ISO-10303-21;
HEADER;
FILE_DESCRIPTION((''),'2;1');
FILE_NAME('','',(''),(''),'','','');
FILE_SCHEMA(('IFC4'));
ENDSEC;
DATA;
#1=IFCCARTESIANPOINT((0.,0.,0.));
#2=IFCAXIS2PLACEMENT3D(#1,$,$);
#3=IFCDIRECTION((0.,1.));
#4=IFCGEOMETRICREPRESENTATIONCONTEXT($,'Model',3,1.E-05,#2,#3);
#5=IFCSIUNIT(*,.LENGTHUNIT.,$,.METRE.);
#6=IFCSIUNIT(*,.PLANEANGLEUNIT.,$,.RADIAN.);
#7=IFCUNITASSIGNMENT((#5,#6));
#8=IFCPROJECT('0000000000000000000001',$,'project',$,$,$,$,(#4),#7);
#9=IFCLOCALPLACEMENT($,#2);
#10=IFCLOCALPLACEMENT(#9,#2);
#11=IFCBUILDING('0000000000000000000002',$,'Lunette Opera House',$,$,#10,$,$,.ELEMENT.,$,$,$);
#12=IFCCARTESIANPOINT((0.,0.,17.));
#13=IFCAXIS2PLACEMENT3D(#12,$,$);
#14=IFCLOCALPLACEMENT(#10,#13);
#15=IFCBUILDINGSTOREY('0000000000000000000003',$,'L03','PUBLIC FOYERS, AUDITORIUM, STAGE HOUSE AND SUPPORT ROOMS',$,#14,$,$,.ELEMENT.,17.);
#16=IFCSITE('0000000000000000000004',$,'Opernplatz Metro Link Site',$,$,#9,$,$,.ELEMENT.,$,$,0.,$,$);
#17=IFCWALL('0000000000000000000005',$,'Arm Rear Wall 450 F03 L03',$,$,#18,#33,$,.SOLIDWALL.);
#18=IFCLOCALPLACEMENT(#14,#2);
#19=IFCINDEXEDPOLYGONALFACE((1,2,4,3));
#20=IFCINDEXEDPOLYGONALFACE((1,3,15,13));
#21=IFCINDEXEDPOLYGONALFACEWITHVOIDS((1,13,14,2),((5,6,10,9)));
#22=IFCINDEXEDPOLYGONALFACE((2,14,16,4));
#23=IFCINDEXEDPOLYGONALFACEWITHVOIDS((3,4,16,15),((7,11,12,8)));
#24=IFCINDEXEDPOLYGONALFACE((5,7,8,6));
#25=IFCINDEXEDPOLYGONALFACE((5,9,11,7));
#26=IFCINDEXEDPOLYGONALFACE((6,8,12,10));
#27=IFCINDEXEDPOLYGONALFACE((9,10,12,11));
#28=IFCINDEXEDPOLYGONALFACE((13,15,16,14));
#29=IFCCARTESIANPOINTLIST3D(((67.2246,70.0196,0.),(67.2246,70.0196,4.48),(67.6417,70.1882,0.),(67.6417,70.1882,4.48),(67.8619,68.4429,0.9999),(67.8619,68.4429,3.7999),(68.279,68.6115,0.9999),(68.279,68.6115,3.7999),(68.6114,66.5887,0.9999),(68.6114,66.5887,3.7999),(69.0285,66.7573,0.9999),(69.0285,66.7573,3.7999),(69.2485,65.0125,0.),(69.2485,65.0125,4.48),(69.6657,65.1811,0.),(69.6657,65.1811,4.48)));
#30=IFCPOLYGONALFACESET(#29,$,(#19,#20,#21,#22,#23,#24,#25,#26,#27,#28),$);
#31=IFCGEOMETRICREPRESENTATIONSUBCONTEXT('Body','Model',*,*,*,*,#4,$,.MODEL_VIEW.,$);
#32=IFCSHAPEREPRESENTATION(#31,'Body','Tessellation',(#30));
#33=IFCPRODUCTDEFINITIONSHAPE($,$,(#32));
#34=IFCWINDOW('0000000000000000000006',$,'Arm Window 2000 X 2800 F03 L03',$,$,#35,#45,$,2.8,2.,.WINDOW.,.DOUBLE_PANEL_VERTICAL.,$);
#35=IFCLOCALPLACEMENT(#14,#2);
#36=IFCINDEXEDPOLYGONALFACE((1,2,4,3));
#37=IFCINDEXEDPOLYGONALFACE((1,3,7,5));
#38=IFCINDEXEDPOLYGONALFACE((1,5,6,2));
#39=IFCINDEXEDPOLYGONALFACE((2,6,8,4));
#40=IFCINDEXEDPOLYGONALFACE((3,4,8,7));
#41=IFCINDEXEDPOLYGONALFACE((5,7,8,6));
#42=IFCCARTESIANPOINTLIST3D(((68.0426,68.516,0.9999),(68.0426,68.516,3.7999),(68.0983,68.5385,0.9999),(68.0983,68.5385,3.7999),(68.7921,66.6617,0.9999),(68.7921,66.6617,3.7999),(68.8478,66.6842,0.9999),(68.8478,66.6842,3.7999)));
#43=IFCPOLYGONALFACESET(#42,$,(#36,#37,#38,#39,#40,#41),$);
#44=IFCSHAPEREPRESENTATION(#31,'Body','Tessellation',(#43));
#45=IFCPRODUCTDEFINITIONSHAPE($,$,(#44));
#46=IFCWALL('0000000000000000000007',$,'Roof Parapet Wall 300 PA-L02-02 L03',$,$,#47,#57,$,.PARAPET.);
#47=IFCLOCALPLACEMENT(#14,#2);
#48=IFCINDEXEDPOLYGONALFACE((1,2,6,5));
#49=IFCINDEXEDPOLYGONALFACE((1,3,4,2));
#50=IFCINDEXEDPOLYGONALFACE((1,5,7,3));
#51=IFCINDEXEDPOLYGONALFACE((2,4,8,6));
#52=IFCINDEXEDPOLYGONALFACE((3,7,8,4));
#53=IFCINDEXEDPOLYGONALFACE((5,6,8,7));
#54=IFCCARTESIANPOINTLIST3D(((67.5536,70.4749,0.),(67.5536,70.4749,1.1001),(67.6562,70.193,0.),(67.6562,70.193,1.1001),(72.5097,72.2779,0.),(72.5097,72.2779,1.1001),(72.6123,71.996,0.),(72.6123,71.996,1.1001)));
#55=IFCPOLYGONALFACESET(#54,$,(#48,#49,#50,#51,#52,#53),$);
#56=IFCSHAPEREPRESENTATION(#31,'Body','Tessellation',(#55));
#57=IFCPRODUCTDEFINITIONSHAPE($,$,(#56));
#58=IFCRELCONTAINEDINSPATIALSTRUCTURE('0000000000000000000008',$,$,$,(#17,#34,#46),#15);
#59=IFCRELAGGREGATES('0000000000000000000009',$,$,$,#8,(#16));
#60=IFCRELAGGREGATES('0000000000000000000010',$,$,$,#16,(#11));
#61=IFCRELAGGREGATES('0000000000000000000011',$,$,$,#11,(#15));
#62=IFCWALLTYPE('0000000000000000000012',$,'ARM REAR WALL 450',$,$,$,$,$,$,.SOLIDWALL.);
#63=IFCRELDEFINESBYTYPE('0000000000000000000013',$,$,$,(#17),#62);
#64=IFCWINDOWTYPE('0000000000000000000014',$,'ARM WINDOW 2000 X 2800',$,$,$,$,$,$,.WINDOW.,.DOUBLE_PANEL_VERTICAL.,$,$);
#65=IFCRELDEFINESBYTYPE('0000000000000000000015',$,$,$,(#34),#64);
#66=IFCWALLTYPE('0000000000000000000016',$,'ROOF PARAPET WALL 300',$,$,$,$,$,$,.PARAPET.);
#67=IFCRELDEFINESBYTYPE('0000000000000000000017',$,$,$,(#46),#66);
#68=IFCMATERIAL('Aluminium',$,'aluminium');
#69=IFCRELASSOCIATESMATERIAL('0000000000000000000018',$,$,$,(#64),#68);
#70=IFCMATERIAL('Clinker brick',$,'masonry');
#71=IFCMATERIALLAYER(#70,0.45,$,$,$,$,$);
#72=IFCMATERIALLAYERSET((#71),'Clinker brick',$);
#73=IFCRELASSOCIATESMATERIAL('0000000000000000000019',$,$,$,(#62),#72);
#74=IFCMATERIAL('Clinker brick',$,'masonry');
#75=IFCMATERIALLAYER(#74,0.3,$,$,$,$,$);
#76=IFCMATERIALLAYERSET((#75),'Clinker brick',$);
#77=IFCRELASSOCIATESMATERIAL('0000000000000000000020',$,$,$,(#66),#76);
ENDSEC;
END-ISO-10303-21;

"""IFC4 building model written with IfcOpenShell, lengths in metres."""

from ifc_helpers import new_model, si_unit, direction, frame, frame_2d, origin, place, context, subcontext, project, spatial, rectangle, extrude, material, layer, layer_set, type_object, element, fill, save


model = new_model("IFC4")

# Units and contexts
model_context = context("Model", 3, precision=1e-05, world=origin(), true_north=direction((0.0, 1.0)))
body_context = subcontext(model_context, "Body", "Model", "MODEL_VIEW")
ifc_project = project(units=[si_unit("LENGTHUNIT", "METRE"), si_unit("PLANEANGLEUNIT", "RADIAN")], contexts=[model_context])

# Site, building, storey
site_placement = place(None, origin())
site = spatial("IfcSite", under=ifc_project, at=site_placement, Name="Opernplatz Metro Link Site", CompositionType="ELEMENT", RefElevation=0.0)
building_placement = place(site_placement, origin())
building = spatial("IfcBuilding", under=site, at=building_placement, Name="Lunette Opera House", CompositionType="ELEMENT")
storey_placement = place(building_placement, frame((0.0, 0.0, 17.0)))
storey = spatial("IfcBuildingStorey", under=building, at=storey_placement, Name="L03", Description="PUBLIC FOYERS, AUDITORIUM, STAGE HOUSE AND SUPPORT ROOMS", CompositionType="ELEMENT", Elevation=17.0)

# Wall, opening, window
ifc_material_1 = material(Name="Aluminium", Category="aluminium")
window_type = type_object("IfcWindowType", Name="ARM WINDOW 2000 X 2800", PartitioningType="DOUBLE_PANEL_VERTICAL", PredefinedType="WINDOW", material=ifc_material_1)
ifc_material_2 = material(Name="Clinker brick", Category="masonry")
ifc_layer_1 = layer(ifc_material_2, 0.45)
ifc_layer_set_1 = layer_set([ifc_layer_1], Name="Clinker brick")
wall_type_1 = type_object("IfcWallType", Name="ARM REAR WALL 450", PredefinedType="SOLIDWALL", material=ifc_layer_set_1)
wall_1_placement = place(storey_placement, frame((69.457, 65.0969, 0.0), z_axis=(0.0, 0.0, 1.0), x_axis=(-0.374755, 0.927124, 0.0)))
wall_1 = element("IfcWall", 1, at=wall_1_placement, inside=storey, type_object=wall_type_1, Name="Arm Rear Wall 450 F03 L03", PredefinedType="SOLIDWALL", context=body_context, shape_type="SweptSolid", body=[
    extrude(rectangle(XDim=5.4006, YDim=0.45, at=frame_2d((2.7002, 0.0))), origin(), (0.0, 0.0, 1.0), 4.48),
])
opening_1_placement = place(wall_1_placement, frame((1.7, 0.0, 1.0)))
opening_1 = element("IfcOpeningElement", 2, at=opening_1_placement, cuts=wall_1, PredefinedType="OPENING", context=body_context, shape_type="SweptSolid", body=[
    extrude(rectangle(XDim=2.0, YDim=2.8, at=frame_2d((1.0, 1.3999))), frame((0.0, 0.2371, 0.0), z_axis=(0.0, -1.0, 0.0), x_axis=(1.0, 0.0, 0.0)), (0.0, 0.0, 1.0), 0.4739),
])
window_1_placement = place(opening_1_placement, origin())
window_1 = element("IfcWindow", 3, at=window_1_placement, inside=storey, type_object=window_type, Name="Arm Window 2000 X 2800 F03 L03", OverallHeight=2.8, OverallWidth=2.0, PartitioningType="DOUBLE_PANEL_VERTICAL", PredefinedType="WINDOW", context=body_context, shape_type="SweptSolid", body=[
    extrude(rectangle(XDim=2.0, YDim=2.8, at=frame_2d((1.0, 1.3999))), frame((0.0, 0.03, 0.0), z_axis=(0.0, -1.0, 0.0), x_axis=(1.0, 0.0, 0.0)), (0.0, 0.0, 1.0), 0.0601),
])
fill(opening_1, window_1)

# Wall
ifc_material_3 = material(Name="Clinker brick", Category="masonry")
ifc_layer_2 = layer(ifc_material_3, 0.3)
ifc_layer_set_2 = layer_set([ifc_layer_2], Name="Clinker brick")
wall_type_2 = type_object("IfcWallType", Name="ROOF PARAPET WALL 300", PredefinedType="PARAPET", material=ifc_layer_set_2)
wall_2_placement = place(storey_placement, frame((72.561, 72.137, 0.0), z_axis=(0.0, 0.0, 1.0), x_axis=(-0.939746, -0.341873, 0.0)))
element("IfcWall", 4, at=wall_2_placement, inside=storey, type_object=wall_type_2, Name="Roof Parapet Wall 300 PA-L02-02 L03", PredefinedType="PARAPET", context=body_context, shape_type="SweptSolid", body=[
    extrude(rectangle(XDim=5.2739, YDim=0.3, at=frame_2d((2.637, 0.0))), origin(), (0.0, 0.0, 1.0), 1.1001),
])

save(model, "model.ifc")
